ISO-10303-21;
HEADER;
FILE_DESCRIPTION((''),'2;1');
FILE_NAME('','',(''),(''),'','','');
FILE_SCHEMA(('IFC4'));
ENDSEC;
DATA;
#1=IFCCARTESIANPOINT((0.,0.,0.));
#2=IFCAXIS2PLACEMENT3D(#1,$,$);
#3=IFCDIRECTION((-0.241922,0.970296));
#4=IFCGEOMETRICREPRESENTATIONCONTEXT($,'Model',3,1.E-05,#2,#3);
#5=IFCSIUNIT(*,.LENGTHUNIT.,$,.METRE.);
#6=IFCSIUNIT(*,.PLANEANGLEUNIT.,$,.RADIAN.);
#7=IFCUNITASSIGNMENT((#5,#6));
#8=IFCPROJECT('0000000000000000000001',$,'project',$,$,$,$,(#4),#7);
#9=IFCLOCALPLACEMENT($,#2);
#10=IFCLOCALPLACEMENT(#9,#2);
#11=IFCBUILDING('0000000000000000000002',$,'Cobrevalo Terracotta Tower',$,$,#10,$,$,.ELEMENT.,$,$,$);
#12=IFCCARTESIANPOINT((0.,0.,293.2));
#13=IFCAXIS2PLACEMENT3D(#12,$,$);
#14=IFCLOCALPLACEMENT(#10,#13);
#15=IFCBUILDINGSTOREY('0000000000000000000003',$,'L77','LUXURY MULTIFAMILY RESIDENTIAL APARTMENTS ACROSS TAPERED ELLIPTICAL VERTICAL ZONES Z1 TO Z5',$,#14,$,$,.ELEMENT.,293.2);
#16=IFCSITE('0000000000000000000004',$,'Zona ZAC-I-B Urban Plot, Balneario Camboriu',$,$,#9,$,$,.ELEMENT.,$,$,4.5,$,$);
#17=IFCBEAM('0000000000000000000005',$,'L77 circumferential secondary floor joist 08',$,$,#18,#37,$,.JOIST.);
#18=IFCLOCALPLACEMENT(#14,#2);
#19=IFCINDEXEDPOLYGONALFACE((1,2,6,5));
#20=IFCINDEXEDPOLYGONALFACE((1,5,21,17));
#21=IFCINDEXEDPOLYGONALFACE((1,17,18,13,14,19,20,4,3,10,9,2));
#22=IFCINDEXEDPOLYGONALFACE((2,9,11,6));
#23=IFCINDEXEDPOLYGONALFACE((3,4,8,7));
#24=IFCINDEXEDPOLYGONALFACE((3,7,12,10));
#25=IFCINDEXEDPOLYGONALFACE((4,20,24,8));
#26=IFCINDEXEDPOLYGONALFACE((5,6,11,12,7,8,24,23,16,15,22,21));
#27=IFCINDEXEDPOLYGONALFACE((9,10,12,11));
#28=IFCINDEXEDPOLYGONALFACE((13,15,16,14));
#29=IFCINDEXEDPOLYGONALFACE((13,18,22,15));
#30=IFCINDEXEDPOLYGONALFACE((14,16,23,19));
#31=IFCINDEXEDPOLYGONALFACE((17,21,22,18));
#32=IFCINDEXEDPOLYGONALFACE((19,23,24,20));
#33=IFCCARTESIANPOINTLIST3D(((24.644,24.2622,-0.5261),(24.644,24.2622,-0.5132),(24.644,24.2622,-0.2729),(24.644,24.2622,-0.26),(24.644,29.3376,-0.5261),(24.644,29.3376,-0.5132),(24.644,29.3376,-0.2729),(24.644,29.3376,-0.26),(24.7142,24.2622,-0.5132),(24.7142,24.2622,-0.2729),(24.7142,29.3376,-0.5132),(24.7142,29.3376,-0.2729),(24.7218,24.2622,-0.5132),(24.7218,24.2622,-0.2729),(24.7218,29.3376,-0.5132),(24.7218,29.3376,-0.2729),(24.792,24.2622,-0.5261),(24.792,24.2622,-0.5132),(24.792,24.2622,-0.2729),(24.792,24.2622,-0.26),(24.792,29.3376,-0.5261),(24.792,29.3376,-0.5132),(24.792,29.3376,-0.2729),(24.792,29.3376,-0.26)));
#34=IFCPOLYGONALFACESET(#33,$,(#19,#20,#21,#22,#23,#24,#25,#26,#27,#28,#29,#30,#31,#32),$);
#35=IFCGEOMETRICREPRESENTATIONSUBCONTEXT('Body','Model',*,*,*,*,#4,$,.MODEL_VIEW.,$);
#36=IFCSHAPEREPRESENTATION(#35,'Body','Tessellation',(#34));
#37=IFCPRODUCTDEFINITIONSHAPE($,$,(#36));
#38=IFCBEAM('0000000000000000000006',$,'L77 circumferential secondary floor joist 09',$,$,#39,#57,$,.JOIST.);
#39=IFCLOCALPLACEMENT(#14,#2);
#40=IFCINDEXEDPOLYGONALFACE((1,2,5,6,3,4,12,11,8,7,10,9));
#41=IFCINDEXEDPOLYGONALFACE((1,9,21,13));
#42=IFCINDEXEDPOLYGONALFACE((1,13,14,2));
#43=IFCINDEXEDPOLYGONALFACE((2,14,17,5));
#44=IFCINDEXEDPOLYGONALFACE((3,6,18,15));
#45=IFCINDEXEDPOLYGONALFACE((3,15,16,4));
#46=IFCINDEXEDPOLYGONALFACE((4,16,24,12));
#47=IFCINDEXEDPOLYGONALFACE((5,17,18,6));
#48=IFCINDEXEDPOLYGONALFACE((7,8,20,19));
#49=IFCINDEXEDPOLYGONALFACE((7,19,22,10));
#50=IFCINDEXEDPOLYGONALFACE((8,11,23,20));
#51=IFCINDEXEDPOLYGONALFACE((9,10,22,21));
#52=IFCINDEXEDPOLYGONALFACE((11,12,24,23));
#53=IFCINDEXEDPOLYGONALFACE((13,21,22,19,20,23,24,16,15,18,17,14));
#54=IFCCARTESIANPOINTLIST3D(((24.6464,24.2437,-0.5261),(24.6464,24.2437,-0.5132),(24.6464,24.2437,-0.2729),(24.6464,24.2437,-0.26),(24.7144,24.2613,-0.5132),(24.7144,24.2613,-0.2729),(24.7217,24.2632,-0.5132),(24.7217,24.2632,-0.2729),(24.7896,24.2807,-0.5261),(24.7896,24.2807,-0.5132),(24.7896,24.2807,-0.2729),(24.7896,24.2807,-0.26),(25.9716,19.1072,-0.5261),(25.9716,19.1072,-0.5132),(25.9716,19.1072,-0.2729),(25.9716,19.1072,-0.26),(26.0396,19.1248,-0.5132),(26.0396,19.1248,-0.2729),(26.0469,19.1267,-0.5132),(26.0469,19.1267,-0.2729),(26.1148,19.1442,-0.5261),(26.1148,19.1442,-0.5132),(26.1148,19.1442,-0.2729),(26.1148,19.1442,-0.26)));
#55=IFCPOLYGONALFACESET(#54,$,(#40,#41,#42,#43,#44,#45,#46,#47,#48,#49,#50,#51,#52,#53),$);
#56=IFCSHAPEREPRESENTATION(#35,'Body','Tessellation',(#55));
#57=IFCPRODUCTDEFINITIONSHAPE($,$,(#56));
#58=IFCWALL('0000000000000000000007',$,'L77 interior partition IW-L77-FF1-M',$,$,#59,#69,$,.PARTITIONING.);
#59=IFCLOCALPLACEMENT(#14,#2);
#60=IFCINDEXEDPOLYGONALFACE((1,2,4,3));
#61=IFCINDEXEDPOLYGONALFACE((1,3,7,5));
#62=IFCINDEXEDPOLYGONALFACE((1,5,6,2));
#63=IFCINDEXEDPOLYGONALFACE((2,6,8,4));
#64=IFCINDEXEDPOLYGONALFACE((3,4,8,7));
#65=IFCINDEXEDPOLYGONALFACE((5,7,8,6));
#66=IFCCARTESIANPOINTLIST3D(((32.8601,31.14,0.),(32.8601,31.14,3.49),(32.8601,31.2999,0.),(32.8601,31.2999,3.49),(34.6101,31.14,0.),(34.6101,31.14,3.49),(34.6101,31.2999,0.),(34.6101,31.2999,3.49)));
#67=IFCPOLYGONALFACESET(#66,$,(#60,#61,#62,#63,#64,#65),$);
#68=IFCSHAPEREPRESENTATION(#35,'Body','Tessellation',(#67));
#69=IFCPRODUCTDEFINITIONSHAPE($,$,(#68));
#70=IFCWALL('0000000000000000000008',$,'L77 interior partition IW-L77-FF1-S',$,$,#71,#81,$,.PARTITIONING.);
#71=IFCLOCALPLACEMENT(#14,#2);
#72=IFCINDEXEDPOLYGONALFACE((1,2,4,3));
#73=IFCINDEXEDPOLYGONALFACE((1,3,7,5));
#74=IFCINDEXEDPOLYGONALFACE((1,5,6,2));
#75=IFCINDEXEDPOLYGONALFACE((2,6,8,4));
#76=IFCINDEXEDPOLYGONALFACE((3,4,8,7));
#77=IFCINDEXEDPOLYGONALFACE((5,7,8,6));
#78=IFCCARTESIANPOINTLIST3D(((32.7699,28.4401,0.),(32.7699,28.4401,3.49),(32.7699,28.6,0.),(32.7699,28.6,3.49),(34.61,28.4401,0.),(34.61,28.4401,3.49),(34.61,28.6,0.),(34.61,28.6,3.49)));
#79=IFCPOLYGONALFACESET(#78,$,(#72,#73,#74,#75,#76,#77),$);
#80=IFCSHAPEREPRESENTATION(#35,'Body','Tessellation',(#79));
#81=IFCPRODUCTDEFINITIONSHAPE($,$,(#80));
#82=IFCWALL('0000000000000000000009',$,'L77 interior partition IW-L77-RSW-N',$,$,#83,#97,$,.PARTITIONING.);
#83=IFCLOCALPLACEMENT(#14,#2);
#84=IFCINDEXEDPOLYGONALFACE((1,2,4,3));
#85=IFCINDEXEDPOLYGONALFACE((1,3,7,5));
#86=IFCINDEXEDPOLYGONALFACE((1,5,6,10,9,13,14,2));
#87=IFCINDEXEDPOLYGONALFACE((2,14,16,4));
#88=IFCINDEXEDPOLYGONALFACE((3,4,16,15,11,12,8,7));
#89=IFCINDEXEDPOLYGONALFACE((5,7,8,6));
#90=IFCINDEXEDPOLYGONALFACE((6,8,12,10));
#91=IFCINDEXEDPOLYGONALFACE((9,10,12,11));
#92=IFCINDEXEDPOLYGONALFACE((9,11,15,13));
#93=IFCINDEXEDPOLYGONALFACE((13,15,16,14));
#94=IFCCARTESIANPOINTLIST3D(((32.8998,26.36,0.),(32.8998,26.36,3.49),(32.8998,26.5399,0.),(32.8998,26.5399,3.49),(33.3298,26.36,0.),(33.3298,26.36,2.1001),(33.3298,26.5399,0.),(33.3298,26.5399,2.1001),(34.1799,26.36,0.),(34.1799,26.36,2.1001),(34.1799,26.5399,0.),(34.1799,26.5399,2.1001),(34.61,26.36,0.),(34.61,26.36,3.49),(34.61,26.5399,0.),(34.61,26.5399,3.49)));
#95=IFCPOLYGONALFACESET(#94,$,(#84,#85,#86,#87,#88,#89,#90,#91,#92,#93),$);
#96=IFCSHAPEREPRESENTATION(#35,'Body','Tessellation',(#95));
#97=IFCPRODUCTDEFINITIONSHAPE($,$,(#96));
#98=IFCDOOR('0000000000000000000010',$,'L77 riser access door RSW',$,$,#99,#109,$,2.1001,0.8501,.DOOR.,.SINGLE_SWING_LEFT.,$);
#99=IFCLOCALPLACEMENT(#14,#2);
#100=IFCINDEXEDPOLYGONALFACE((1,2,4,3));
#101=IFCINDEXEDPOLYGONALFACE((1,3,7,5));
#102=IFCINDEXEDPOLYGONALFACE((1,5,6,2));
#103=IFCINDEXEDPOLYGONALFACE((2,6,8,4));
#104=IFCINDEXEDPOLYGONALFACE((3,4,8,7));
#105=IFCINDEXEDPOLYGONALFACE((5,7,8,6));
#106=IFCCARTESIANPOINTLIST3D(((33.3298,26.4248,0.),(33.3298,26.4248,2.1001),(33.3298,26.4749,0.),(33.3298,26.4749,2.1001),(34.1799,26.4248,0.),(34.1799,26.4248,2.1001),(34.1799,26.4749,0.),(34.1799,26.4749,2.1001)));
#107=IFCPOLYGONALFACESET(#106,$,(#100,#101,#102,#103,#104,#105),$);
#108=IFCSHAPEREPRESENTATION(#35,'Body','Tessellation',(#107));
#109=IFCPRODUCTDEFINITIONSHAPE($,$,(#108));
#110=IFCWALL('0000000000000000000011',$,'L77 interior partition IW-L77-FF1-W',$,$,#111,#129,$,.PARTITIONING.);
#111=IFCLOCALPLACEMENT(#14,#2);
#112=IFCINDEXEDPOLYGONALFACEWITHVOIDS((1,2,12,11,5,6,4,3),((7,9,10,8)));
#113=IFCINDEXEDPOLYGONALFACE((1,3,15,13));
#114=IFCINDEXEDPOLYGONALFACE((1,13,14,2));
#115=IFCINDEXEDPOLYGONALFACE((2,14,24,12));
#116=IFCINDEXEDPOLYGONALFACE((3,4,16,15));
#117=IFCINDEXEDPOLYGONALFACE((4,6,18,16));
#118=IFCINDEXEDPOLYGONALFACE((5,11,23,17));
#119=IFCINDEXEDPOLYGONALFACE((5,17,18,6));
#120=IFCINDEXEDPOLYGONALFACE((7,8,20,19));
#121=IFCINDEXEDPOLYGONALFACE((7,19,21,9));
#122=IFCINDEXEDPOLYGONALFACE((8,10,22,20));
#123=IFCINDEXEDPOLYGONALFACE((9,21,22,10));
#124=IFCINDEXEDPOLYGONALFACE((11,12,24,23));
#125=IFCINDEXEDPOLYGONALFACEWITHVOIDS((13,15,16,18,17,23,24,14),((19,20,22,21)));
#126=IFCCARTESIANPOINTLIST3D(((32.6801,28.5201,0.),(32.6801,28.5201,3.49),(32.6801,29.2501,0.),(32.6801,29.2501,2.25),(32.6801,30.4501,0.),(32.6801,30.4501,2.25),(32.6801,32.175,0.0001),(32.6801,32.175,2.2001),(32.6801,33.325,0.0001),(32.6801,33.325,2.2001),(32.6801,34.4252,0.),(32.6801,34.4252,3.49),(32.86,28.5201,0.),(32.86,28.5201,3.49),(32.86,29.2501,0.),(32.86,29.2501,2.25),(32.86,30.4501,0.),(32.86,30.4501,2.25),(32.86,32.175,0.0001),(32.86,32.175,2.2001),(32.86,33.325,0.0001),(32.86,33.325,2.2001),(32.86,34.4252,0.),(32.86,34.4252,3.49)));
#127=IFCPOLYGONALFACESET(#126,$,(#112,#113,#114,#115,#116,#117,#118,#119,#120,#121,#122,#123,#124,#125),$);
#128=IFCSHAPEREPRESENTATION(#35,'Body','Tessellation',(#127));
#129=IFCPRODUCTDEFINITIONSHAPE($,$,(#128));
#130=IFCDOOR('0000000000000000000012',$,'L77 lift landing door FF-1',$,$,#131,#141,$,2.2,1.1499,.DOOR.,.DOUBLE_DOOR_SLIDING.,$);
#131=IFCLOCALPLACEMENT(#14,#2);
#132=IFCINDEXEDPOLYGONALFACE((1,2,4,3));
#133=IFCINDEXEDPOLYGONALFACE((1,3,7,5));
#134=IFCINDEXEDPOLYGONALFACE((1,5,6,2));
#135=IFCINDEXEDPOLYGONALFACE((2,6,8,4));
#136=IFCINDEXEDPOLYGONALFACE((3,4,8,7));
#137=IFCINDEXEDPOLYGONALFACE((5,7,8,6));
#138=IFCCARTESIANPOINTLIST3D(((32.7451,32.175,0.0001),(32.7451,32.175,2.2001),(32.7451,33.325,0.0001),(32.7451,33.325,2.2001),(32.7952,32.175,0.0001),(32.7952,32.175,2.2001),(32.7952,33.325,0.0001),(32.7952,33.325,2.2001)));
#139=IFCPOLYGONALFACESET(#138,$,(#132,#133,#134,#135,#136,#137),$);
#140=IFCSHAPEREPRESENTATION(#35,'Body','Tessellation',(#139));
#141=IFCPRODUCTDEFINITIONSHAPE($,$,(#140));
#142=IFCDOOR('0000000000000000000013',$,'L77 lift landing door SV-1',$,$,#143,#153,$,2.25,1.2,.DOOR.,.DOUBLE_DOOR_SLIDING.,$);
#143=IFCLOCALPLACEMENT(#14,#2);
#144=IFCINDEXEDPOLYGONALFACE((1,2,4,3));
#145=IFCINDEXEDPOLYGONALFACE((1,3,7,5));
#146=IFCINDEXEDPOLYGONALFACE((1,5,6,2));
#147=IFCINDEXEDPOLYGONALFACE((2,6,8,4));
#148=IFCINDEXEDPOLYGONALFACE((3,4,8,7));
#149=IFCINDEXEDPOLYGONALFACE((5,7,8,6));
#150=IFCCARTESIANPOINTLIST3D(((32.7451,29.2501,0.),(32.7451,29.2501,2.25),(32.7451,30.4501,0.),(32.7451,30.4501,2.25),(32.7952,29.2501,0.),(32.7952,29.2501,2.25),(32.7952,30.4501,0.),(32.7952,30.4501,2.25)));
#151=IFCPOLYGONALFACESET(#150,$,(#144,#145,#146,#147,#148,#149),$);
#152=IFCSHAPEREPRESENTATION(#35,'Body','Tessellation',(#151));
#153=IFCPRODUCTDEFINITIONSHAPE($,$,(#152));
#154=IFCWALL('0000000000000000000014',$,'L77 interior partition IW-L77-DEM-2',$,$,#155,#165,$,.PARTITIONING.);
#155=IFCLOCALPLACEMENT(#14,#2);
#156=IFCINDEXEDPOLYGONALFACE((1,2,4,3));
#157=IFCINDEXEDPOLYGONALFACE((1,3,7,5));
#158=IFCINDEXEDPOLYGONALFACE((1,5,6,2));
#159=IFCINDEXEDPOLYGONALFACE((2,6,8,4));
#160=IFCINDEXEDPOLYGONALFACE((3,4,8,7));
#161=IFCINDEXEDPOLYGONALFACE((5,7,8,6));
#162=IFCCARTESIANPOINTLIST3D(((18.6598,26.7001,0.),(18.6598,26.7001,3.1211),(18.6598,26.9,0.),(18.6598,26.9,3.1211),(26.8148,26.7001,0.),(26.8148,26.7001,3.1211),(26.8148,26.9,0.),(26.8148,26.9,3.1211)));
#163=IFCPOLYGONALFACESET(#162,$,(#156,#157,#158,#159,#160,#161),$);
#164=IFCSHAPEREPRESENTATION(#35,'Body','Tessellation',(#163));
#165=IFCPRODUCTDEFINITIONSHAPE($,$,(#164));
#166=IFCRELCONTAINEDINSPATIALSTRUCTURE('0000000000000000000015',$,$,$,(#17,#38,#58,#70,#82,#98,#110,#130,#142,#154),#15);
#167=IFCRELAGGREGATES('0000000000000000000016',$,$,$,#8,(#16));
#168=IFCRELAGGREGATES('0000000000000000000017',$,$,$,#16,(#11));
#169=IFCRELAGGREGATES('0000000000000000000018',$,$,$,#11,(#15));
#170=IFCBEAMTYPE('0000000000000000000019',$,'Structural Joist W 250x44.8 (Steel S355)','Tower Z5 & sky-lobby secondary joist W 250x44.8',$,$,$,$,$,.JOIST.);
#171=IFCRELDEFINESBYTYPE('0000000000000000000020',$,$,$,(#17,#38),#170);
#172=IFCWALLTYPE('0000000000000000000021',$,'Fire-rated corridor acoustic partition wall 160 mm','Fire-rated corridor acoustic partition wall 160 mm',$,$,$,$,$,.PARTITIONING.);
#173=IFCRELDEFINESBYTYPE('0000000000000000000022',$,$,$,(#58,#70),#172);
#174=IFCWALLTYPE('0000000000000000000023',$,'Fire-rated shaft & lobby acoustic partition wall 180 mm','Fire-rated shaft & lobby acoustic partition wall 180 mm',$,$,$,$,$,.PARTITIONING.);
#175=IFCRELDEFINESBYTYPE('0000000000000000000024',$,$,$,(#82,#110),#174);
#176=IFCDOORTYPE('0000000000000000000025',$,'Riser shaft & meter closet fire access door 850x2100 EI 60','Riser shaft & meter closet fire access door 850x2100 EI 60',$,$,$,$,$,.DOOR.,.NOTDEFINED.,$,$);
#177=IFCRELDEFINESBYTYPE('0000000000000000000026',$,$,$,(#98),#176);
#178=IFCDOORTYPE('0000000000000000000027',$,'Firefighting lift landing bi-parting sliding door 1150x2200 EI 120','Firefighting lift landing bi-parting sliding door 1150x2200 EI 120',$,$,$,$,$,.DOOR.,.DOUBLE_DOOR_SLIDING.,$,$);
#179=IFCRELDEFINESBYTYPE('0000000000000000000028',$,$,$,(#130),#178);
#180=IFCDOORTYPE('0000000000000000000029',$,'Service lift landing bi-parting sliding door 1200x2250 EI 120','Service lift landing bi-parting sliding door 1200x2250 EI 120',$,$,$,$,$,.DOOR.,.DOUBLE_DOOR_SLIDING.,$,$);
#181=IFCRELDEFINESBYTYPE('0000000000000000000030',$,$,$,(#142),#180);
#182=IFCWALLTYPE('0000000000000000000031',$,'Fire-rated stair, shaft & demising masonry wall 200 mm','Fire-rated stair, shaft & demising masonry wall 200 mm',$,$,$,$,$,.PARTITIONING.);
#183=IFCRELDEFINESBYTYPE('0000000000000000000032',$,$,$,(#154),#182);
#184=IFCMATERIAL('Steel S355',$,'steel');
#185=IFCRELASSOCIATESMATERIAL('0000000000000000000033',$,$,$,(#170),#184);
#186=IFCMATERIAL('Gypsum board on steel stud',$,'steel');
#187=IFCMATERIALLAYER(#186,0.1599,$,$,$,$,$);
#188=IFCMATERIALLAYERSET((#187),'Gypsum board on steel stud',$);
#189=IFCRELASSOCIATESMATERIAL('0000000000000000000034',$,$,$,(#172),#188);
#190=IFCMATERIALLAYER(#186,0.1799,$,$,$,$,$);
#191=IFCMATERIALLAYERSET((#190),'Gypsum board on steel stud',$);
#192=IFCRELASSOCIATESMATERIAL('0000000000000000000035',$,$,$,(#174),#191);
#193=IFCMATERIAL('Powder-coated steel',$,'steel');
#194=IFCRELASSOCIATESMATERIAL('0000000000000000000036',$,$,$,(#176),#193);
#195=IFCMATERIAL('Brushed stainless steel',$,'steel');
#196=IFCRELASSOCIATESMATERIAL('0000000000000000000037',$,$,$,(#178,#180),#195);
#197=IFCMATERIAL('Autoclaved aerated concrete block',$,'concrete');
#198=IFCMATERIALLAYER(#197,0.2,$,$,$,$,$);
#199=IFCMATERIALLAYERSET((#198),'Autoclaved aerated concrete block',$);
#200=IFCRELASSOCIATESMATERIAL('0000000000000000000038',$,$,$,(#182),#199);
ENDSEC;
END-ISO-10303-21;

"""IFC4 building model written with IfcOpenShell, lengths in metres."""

from ifc_helpers import new_model, si_unit, direction, frame, frame_2d, origin, origin_2d, place, context, subcontext, project, spatial, rectangle, i_section, extrude, source, transform, mapped, material, layer, layer_set, material_profile, profile_set, type_object, element, fill, save


model = new_model("IFC4")

# Units and contexts
model_context = context("Model", 3, precision=1e-05, world=origin(), true_north=direction((-0.241922, 0.970296)))
body_context = subcontext(model_context, "Body", "Model", "MODEL_VIEW")
ifc_project = project(units=[si_unit("LENGTHUNIT", "METRE"), si_unit("PLANEANGLEUNIT", "RADIAN")], contexts=[model_context])

# Site, building, storey
site_placement = place(None, origin())
site = spatial("IfcSite", under=ifc_project, at=site_placement, Name="Zona ZAC-I-B Urban Plot, Balneario Camboriu", CompositionType="ELEMENT", RefElevation=4.5)
building_placement = place(site_placement, origin())
building = spatial("IfcBuilding", under=site, at=building_placement, Name="Cobrevalo Terracotta Tower", CompositionType="ELEMENT")
storey_placement = place(building_placement, frame((0.0, 0.0, 293.2)))
storey = spatial("IfcBuildingStorey", under=building, at=storey_placement, Name="L77", Description="LUXURY MULTIFAMILY RESIDENTIAL APARTMENTS ACROSS TAPERED ELLIPTICAL VERTICAL ZONES Z1 TO Z5", CompositionType="ELEMENT", Elevation=293.2)

# Beams
ifc_material_1 = material(Name="Steel S355", Category="steel")
ifc_material_profile = material_profile(ifc_material_1, i_section(OverallWidth=0.1479, OverallDepth=0.2661, WebThickness=0.0076, FlangeThickness=0.0129, at=origin_2d()), Name="W 250x44.8")
ifc_profile_set = profile_set([ifc_material_profile], Name="Steel S355")
beam_type = type_object("IfcBeamType", Name="Structural Joist W 250x44.8 (Steel S355)", Description="Tower Z5 & sky-lobby secondary joist W 250x44.8", PredefinedType="JOIST", material=ifc_profile_set)
beam_1_placement = place(storey_placement, frame((24.718, 29.3376, -0.3931), z_axis=(0.0, -1.0, 0.0), x_axis=(1.0, 0.0, 0.0)))
element("IfcBeam", 1, at=beam_1_placement, inside=storey, type_object=beam_type, Name="L77 circumferential secondary floor joist 08", PredefinedType="JOIST", context=body_context, shape_type="SweptSolid", body=[
    extrude(i_section(OverallWidth=0.1479, OverallDepth=0.2661, WebThickness=0.0076, FlangeThickness=0.0129, at=origin_2d()), origin(), (0.0, 0.0, 1.0), 5.0754),
])
beam_2_placement = place(storey_placement, frame((24.718, 24.2622, -0.3931), z_axis=(0.249817, -0.968293, 0.0), x_axis=(0.968293, 0.249817, 0.0)))
element("IfcBeam", 2, at=beam_2_placement, inside=storey, type_object=beam_type, Name="L77 circumferential secondary floor joist 09", PredefinedType="JOIST", context=body_context, shape_type="SweptSolid", body=[
    extrude(i_section(OverallWidth=0.1479, OverallDepth=0.2661, WebThickness=0.0076, FlangeThickness=0.0129, at=origin_2d()), origin(), (0.0, 0.0, 1.0), 5.3047),
])

# Walls
ifc_material_2 = material(Name="Gypsum board on steel stud", Category="steel")
ifc_layer_1 = layer(ifc_material_2, 0.1599)
ifc_layer_set_1 = layer_set([ifc_layer_1], Name="Gypsum board on steel stud")
wall_type_1 = type_object("IfcWallType", Name="Fire-rated corridor acoustic partition wall 160 mm", Description="Fire-rated corridor acoustic partition wall 160 mm", PredefinedType="PARTITIONING", material=ifc_layer_set_1)
wall_1_placement = place(storey_placement, frame((32.8601, 31.22, 0.0), z_axis=(0.0, 0.0, 1.0), x_axis=(1.0, 0.0, 0.0)))
element("IfcWall", 3, at=wall_1_placement, inside=storey, type_object=wall_type_1, Name="L77 interior partition IW-L77-FF1-M", PredefinedType="PARTITIONING", context=body_context, shape_type="SweptSolid", body=[
    extrude(rectangle(XDim=1.75, YDim=0.1599, at=frame_2d((0.875, 0.0))), origin(), (0.0, 0.0, 1.0), 3.49),
])
wall_2_placement = place(storey_placement, frame((32.77, 28.52, 0.0), z_axis=(0.0, 0.0, 1.0), x_axis=(1.0, 0.0, 0.0)))
element("IfcWall", 4, at=wall_2_placement, inside=storey, type_object=wall_type_1, Name="L77 interior partition IW-L77-FF1-S", PredefinedType="PARTITIONING", context=body_context, shape_type="SweptSolid", body=[
    extrude(rectangle(XDim=1.8401, YDim=0.1599, at=frame_2d((0.9199, 0.0))), origin(), (0.0, 0.0, 1.0), 3.49),
])

# Wall, opening, door
ifc_layer_2 = layer(ifc_material_2, 0.1799)
ifc_layer_set_2 = layer_set([ifc_layer_2], Name="Gypsum board on steel stud")
wall_type_2 = type_object("IfcWallType", Name="Fire-rated shaft & lobby acoustic partition wall 180 mm", Description="Fire-rated shaft & lobby acoustic partition wall 180 mm", PredefinedType="PARTITIONING", material=ifc_layer_set_2)
wall_3_placement = place(storey_placement, frame((32.8999, 26.45, 0.0), z_axis=(0.0, 0.0, 1.0), x_axis=(1.0, 0.0, 0.0)))
wall_3 = element("IfcWall", 5, at=wall_3_placement, inside=storey, type_object=wall_type_2, Name="L77 interior partition IW-L77-RSW-N", PredefinedType="PARTITIONING", context=body_context, shape_type="SweptSolid", body=[
    extrude(rectangle(XDim=1.7102, YDim=0.1799, at=frame_2d((0.855, 0.0))), origin(), (0.0, 0.0, 1.0), 3.49),
])
opening_1_placement = place(wall_3_placement, frame((0.4299, 0.0, 0.0)))
opening_1 = element("IfcOpeningElement", 6, at=opening_1_placement, cuts=wall_3, PredefinedType="OPENING", context=body_context, shape_type="SweptSolid", body=[
    extrude(rectangle(XDim=0.8501, YDim=2.1001, at=frame_2d((0.425, 1.05))), frame((0.0, 0.1001, 0.0), z_axis=(0.0, -1.0, 0.0), x_axis=(1.0, 0.0, 0.0)), (0.0, 0.0, 1.0), 0.2),
])
ifc_material_3 = material(Name="Powder-coated steel", Category="steel")
door_type_1 = type_object("IfcDoorType", Name="Riser shaft & meter closet fire access door 850x2100 EI 60", Description="Riser shaft & meter closet fire access door 850x2100 EI 60", OperationType="NOTDEFINED", PredefinedType="DOOR", material=ifc_material_3)
shared_shape_1 = source(origin(), body_context, "Body", "SweptSolid", [
    extrude(rectangle(XDim=0.8501, YDim=2.1001, at=frame_2d((0.425, 1.05))), frame((0.0, 0.0249, 0.0), z_axis=(0.0, -1.0, 0.0), x_axis=(1.0, 0.0, 0.0)), (0.0, 0.0, 1.0), 0.05),
])
door_1_placement = place(opening_1_placement, origin())
door_1 = element("IfcDoor", 7, at=door_1_placement, inside=storey, type_object=door_type_1, Name="L77 riser access door RSW", OperationType="SINGLE_SWING_LEFT", OverallHeight=2.1001, OverallWidth=0.8501, PredefinedType="DOOR", context=body_context, shape_type="MappedRepresentation", body=[
    mapped(shared_shape_1, transform((0.0, 0.0, 0.0), scale=1.0)),
])
fill(opening_1, door_1)

# Wall, openings, doors
wall_4_placement = place(storey_placement, frame((32.77, 28.52, 0.0), z_axis=(0.0, 0.0, 1.0), x_axis=(0.0, 1.0, 0.0)))
wall_4 = element("IfcWall", 8, at=wall_4_placement, inside=storey, type_object=wall_type_2, Name="L77 interior partition IW-L77-FF1-W", PredefinedType="PARTITIONING", context=body_context, shape_type="SweptSolid", body=[
    extrude(rectangle(XDim=5.905, YDim=0.1799, at=frame_2d((2.9526, 0.0))), origin(), (0.0, 0.0, 1.0), 3.49),
])
opening_2_placement = place(wall_4_placement, frame((3.655, 0.0, 0.0)))
opening_2 = element("IfcOpeningElement", 9, at=opening_2_placement, cuts=wall_4, PredefinedType="OPENING", context=body_context, shape_type="SweptSolid", body=[
    extrude(rectangle(XDim=1.1499, YDim=2.2, at=frame_2d((0.575, 1.1001))), frame((0.0, 0.1001, 0.0), z_axis=(0.0, -1.0, 0.0), x_axis=(1.0, 0.0, 0.0)), (0.0, 0.0, 1.0), 0.2),
])
opening_3_placement = place(wall_4_placement, frame((0.73, 0.0, 0.0)))
opening_3 = element("IfcOpeningElement", 10, at=opening_3_placement, cuts=wall_4, PredefinedType="OPENING", context=body_context, shape_type="SweptSolid", body=[
    extrude(rectangle(XDim=1.2, YDim=2.25, at=frame_2d((0.6001, 1.125))), frame((0.0, 0.1001, 0.0), z_axis=(0.0, -1.0, 0.0), x_axis=(1.0, 0.0, 0.0)), (0.0, 0.0, 1.0), 0.2),
])
ifc_material_4 = material(Name="Brushed stainless steel", Category="steel")
door_type_2 = type_object("IfcDoorType", Name="Firefighting lift landing bi-parting sliding door 1150x2200 EI 120", Description="Firefighting lift landing bi-parting sliding door 1150x2200 EI 120", OperationType="DOUBLE_DOOR_SLIDING", PredefinedType="DOOR", material=ifc_material_4)
shared_shape_2 = source(origin(), body_context, "Body", "SweptSolid", [
    extrude(rectangle(XDim=1.1499, YDim=2.2, at=frame_2d((0.575, 1.1001))), frame((0.0, 0.0249, 0.0), z_axis=(0.0, -1.0, 0.0), x_axis=(1.0, 0.0, 0.0)), (0.0, 0.0, 1.0), 0.05),
])
door_2_placement = place(opening_2_placement, origin())
door_2 = element("IfcDoor", 11, at=door_2_placement, inside=storey, type_object=door_type_2, Name="L77 lift landing door FF-1", OperationType="DOUBLE_DOOR_SLIDING", OverallHeight=2.2, OverallWidth=1.1499, PredefinedType="DOOR", context=body_context, shape_type="MappedRepresentation", body=[
    mapped(shared_shape_2, transform((0.0, 0.0, 0.0), scale=1.0)),
])
fill(opening_2, door_2)
door_type_3 = type_object("IfcDoorType", Name="Service lift landing bi-parting sliding door 1200x2250 EI 120", Description="Service lift landing bi-parting sliding door 1200x2250 EI 120", OperationType="DOUBLE_DOOR_SLIDING", PredefinedType="DOOR", material=ifc_material_4)
shared_shape_3 = source(origin(), body_context, "Body", "SweptSolid", [
    extrude(rectangle(XDim=1.2, YDim=2.25, at=frame_2d((0.6001, 1.125))), frame((0.0, 0.0249, 0.0), z_axis=(0.0, -1.0, 0.0), x_axis=(1.0, 0.0, 0.0)), (0.0, 0.0, 1.0), 0.05),
])
door_3_placement = place(opening_3_placement, origin())
door_3 = element("IfcDoor", 12, at=door_3_placement, inside=storey, type_object=door_type_3, Name="L77 lift landing door SV-1", OperationType="DOUBLE_DOOR_SLIDING", OverallHeight=2.25, OverallWidth=1.2, PredefinedType="DOOR", context=body_context, shape_type="MappedRepresentation", body=[
    mapped(shared_shape_3, transform((0.0, 0.0, 0.0), scale=1.0)),
])
fill(opening_3, door_3)

# Wall
ifc_material_5 = material(Name="Autoclaved aerated concrete block", Category="concrete")
ifc_layer_3 = layer(ifc_material_5, 0.2)
ifc_layer_set_3 = layer_set([ifc_layer_3], Name="Autoclaved aerated concrete block")
wall_type_3 = type_object("IfcWallType", Name="Fire-rated stair, shaft & demising masonry wall 200 mm", Description="Fire-rated stair, shaft & demising masonry wall 200 mm", PredefinedType="PARTITIONING", material=ifc_layer_set_3)
wall_5_placement = place(storey_placement, frame((26.8149, 26.8, 0.0), z_axis=(0.0, 0.0, 1.0), x_axis=(-1.0, 0.0, 0.0)))
element("IfcWall", 13, at=wall_5_placement, inside=storey, type_object=wall_type_3, Name="L77 interior partition IW-L77-DEM-2", PredefinedType="PARTITIONING", context=body_context, shape_type="SweptSolid", body=[
    extrude(rectangle(XDim=8.155, YDim=0.2, at=frame_2d((4.0776, 0.0))), origin(), (0.0, 0.0, 1.0), 3.1211),
])

save(model, "model.ifc")
